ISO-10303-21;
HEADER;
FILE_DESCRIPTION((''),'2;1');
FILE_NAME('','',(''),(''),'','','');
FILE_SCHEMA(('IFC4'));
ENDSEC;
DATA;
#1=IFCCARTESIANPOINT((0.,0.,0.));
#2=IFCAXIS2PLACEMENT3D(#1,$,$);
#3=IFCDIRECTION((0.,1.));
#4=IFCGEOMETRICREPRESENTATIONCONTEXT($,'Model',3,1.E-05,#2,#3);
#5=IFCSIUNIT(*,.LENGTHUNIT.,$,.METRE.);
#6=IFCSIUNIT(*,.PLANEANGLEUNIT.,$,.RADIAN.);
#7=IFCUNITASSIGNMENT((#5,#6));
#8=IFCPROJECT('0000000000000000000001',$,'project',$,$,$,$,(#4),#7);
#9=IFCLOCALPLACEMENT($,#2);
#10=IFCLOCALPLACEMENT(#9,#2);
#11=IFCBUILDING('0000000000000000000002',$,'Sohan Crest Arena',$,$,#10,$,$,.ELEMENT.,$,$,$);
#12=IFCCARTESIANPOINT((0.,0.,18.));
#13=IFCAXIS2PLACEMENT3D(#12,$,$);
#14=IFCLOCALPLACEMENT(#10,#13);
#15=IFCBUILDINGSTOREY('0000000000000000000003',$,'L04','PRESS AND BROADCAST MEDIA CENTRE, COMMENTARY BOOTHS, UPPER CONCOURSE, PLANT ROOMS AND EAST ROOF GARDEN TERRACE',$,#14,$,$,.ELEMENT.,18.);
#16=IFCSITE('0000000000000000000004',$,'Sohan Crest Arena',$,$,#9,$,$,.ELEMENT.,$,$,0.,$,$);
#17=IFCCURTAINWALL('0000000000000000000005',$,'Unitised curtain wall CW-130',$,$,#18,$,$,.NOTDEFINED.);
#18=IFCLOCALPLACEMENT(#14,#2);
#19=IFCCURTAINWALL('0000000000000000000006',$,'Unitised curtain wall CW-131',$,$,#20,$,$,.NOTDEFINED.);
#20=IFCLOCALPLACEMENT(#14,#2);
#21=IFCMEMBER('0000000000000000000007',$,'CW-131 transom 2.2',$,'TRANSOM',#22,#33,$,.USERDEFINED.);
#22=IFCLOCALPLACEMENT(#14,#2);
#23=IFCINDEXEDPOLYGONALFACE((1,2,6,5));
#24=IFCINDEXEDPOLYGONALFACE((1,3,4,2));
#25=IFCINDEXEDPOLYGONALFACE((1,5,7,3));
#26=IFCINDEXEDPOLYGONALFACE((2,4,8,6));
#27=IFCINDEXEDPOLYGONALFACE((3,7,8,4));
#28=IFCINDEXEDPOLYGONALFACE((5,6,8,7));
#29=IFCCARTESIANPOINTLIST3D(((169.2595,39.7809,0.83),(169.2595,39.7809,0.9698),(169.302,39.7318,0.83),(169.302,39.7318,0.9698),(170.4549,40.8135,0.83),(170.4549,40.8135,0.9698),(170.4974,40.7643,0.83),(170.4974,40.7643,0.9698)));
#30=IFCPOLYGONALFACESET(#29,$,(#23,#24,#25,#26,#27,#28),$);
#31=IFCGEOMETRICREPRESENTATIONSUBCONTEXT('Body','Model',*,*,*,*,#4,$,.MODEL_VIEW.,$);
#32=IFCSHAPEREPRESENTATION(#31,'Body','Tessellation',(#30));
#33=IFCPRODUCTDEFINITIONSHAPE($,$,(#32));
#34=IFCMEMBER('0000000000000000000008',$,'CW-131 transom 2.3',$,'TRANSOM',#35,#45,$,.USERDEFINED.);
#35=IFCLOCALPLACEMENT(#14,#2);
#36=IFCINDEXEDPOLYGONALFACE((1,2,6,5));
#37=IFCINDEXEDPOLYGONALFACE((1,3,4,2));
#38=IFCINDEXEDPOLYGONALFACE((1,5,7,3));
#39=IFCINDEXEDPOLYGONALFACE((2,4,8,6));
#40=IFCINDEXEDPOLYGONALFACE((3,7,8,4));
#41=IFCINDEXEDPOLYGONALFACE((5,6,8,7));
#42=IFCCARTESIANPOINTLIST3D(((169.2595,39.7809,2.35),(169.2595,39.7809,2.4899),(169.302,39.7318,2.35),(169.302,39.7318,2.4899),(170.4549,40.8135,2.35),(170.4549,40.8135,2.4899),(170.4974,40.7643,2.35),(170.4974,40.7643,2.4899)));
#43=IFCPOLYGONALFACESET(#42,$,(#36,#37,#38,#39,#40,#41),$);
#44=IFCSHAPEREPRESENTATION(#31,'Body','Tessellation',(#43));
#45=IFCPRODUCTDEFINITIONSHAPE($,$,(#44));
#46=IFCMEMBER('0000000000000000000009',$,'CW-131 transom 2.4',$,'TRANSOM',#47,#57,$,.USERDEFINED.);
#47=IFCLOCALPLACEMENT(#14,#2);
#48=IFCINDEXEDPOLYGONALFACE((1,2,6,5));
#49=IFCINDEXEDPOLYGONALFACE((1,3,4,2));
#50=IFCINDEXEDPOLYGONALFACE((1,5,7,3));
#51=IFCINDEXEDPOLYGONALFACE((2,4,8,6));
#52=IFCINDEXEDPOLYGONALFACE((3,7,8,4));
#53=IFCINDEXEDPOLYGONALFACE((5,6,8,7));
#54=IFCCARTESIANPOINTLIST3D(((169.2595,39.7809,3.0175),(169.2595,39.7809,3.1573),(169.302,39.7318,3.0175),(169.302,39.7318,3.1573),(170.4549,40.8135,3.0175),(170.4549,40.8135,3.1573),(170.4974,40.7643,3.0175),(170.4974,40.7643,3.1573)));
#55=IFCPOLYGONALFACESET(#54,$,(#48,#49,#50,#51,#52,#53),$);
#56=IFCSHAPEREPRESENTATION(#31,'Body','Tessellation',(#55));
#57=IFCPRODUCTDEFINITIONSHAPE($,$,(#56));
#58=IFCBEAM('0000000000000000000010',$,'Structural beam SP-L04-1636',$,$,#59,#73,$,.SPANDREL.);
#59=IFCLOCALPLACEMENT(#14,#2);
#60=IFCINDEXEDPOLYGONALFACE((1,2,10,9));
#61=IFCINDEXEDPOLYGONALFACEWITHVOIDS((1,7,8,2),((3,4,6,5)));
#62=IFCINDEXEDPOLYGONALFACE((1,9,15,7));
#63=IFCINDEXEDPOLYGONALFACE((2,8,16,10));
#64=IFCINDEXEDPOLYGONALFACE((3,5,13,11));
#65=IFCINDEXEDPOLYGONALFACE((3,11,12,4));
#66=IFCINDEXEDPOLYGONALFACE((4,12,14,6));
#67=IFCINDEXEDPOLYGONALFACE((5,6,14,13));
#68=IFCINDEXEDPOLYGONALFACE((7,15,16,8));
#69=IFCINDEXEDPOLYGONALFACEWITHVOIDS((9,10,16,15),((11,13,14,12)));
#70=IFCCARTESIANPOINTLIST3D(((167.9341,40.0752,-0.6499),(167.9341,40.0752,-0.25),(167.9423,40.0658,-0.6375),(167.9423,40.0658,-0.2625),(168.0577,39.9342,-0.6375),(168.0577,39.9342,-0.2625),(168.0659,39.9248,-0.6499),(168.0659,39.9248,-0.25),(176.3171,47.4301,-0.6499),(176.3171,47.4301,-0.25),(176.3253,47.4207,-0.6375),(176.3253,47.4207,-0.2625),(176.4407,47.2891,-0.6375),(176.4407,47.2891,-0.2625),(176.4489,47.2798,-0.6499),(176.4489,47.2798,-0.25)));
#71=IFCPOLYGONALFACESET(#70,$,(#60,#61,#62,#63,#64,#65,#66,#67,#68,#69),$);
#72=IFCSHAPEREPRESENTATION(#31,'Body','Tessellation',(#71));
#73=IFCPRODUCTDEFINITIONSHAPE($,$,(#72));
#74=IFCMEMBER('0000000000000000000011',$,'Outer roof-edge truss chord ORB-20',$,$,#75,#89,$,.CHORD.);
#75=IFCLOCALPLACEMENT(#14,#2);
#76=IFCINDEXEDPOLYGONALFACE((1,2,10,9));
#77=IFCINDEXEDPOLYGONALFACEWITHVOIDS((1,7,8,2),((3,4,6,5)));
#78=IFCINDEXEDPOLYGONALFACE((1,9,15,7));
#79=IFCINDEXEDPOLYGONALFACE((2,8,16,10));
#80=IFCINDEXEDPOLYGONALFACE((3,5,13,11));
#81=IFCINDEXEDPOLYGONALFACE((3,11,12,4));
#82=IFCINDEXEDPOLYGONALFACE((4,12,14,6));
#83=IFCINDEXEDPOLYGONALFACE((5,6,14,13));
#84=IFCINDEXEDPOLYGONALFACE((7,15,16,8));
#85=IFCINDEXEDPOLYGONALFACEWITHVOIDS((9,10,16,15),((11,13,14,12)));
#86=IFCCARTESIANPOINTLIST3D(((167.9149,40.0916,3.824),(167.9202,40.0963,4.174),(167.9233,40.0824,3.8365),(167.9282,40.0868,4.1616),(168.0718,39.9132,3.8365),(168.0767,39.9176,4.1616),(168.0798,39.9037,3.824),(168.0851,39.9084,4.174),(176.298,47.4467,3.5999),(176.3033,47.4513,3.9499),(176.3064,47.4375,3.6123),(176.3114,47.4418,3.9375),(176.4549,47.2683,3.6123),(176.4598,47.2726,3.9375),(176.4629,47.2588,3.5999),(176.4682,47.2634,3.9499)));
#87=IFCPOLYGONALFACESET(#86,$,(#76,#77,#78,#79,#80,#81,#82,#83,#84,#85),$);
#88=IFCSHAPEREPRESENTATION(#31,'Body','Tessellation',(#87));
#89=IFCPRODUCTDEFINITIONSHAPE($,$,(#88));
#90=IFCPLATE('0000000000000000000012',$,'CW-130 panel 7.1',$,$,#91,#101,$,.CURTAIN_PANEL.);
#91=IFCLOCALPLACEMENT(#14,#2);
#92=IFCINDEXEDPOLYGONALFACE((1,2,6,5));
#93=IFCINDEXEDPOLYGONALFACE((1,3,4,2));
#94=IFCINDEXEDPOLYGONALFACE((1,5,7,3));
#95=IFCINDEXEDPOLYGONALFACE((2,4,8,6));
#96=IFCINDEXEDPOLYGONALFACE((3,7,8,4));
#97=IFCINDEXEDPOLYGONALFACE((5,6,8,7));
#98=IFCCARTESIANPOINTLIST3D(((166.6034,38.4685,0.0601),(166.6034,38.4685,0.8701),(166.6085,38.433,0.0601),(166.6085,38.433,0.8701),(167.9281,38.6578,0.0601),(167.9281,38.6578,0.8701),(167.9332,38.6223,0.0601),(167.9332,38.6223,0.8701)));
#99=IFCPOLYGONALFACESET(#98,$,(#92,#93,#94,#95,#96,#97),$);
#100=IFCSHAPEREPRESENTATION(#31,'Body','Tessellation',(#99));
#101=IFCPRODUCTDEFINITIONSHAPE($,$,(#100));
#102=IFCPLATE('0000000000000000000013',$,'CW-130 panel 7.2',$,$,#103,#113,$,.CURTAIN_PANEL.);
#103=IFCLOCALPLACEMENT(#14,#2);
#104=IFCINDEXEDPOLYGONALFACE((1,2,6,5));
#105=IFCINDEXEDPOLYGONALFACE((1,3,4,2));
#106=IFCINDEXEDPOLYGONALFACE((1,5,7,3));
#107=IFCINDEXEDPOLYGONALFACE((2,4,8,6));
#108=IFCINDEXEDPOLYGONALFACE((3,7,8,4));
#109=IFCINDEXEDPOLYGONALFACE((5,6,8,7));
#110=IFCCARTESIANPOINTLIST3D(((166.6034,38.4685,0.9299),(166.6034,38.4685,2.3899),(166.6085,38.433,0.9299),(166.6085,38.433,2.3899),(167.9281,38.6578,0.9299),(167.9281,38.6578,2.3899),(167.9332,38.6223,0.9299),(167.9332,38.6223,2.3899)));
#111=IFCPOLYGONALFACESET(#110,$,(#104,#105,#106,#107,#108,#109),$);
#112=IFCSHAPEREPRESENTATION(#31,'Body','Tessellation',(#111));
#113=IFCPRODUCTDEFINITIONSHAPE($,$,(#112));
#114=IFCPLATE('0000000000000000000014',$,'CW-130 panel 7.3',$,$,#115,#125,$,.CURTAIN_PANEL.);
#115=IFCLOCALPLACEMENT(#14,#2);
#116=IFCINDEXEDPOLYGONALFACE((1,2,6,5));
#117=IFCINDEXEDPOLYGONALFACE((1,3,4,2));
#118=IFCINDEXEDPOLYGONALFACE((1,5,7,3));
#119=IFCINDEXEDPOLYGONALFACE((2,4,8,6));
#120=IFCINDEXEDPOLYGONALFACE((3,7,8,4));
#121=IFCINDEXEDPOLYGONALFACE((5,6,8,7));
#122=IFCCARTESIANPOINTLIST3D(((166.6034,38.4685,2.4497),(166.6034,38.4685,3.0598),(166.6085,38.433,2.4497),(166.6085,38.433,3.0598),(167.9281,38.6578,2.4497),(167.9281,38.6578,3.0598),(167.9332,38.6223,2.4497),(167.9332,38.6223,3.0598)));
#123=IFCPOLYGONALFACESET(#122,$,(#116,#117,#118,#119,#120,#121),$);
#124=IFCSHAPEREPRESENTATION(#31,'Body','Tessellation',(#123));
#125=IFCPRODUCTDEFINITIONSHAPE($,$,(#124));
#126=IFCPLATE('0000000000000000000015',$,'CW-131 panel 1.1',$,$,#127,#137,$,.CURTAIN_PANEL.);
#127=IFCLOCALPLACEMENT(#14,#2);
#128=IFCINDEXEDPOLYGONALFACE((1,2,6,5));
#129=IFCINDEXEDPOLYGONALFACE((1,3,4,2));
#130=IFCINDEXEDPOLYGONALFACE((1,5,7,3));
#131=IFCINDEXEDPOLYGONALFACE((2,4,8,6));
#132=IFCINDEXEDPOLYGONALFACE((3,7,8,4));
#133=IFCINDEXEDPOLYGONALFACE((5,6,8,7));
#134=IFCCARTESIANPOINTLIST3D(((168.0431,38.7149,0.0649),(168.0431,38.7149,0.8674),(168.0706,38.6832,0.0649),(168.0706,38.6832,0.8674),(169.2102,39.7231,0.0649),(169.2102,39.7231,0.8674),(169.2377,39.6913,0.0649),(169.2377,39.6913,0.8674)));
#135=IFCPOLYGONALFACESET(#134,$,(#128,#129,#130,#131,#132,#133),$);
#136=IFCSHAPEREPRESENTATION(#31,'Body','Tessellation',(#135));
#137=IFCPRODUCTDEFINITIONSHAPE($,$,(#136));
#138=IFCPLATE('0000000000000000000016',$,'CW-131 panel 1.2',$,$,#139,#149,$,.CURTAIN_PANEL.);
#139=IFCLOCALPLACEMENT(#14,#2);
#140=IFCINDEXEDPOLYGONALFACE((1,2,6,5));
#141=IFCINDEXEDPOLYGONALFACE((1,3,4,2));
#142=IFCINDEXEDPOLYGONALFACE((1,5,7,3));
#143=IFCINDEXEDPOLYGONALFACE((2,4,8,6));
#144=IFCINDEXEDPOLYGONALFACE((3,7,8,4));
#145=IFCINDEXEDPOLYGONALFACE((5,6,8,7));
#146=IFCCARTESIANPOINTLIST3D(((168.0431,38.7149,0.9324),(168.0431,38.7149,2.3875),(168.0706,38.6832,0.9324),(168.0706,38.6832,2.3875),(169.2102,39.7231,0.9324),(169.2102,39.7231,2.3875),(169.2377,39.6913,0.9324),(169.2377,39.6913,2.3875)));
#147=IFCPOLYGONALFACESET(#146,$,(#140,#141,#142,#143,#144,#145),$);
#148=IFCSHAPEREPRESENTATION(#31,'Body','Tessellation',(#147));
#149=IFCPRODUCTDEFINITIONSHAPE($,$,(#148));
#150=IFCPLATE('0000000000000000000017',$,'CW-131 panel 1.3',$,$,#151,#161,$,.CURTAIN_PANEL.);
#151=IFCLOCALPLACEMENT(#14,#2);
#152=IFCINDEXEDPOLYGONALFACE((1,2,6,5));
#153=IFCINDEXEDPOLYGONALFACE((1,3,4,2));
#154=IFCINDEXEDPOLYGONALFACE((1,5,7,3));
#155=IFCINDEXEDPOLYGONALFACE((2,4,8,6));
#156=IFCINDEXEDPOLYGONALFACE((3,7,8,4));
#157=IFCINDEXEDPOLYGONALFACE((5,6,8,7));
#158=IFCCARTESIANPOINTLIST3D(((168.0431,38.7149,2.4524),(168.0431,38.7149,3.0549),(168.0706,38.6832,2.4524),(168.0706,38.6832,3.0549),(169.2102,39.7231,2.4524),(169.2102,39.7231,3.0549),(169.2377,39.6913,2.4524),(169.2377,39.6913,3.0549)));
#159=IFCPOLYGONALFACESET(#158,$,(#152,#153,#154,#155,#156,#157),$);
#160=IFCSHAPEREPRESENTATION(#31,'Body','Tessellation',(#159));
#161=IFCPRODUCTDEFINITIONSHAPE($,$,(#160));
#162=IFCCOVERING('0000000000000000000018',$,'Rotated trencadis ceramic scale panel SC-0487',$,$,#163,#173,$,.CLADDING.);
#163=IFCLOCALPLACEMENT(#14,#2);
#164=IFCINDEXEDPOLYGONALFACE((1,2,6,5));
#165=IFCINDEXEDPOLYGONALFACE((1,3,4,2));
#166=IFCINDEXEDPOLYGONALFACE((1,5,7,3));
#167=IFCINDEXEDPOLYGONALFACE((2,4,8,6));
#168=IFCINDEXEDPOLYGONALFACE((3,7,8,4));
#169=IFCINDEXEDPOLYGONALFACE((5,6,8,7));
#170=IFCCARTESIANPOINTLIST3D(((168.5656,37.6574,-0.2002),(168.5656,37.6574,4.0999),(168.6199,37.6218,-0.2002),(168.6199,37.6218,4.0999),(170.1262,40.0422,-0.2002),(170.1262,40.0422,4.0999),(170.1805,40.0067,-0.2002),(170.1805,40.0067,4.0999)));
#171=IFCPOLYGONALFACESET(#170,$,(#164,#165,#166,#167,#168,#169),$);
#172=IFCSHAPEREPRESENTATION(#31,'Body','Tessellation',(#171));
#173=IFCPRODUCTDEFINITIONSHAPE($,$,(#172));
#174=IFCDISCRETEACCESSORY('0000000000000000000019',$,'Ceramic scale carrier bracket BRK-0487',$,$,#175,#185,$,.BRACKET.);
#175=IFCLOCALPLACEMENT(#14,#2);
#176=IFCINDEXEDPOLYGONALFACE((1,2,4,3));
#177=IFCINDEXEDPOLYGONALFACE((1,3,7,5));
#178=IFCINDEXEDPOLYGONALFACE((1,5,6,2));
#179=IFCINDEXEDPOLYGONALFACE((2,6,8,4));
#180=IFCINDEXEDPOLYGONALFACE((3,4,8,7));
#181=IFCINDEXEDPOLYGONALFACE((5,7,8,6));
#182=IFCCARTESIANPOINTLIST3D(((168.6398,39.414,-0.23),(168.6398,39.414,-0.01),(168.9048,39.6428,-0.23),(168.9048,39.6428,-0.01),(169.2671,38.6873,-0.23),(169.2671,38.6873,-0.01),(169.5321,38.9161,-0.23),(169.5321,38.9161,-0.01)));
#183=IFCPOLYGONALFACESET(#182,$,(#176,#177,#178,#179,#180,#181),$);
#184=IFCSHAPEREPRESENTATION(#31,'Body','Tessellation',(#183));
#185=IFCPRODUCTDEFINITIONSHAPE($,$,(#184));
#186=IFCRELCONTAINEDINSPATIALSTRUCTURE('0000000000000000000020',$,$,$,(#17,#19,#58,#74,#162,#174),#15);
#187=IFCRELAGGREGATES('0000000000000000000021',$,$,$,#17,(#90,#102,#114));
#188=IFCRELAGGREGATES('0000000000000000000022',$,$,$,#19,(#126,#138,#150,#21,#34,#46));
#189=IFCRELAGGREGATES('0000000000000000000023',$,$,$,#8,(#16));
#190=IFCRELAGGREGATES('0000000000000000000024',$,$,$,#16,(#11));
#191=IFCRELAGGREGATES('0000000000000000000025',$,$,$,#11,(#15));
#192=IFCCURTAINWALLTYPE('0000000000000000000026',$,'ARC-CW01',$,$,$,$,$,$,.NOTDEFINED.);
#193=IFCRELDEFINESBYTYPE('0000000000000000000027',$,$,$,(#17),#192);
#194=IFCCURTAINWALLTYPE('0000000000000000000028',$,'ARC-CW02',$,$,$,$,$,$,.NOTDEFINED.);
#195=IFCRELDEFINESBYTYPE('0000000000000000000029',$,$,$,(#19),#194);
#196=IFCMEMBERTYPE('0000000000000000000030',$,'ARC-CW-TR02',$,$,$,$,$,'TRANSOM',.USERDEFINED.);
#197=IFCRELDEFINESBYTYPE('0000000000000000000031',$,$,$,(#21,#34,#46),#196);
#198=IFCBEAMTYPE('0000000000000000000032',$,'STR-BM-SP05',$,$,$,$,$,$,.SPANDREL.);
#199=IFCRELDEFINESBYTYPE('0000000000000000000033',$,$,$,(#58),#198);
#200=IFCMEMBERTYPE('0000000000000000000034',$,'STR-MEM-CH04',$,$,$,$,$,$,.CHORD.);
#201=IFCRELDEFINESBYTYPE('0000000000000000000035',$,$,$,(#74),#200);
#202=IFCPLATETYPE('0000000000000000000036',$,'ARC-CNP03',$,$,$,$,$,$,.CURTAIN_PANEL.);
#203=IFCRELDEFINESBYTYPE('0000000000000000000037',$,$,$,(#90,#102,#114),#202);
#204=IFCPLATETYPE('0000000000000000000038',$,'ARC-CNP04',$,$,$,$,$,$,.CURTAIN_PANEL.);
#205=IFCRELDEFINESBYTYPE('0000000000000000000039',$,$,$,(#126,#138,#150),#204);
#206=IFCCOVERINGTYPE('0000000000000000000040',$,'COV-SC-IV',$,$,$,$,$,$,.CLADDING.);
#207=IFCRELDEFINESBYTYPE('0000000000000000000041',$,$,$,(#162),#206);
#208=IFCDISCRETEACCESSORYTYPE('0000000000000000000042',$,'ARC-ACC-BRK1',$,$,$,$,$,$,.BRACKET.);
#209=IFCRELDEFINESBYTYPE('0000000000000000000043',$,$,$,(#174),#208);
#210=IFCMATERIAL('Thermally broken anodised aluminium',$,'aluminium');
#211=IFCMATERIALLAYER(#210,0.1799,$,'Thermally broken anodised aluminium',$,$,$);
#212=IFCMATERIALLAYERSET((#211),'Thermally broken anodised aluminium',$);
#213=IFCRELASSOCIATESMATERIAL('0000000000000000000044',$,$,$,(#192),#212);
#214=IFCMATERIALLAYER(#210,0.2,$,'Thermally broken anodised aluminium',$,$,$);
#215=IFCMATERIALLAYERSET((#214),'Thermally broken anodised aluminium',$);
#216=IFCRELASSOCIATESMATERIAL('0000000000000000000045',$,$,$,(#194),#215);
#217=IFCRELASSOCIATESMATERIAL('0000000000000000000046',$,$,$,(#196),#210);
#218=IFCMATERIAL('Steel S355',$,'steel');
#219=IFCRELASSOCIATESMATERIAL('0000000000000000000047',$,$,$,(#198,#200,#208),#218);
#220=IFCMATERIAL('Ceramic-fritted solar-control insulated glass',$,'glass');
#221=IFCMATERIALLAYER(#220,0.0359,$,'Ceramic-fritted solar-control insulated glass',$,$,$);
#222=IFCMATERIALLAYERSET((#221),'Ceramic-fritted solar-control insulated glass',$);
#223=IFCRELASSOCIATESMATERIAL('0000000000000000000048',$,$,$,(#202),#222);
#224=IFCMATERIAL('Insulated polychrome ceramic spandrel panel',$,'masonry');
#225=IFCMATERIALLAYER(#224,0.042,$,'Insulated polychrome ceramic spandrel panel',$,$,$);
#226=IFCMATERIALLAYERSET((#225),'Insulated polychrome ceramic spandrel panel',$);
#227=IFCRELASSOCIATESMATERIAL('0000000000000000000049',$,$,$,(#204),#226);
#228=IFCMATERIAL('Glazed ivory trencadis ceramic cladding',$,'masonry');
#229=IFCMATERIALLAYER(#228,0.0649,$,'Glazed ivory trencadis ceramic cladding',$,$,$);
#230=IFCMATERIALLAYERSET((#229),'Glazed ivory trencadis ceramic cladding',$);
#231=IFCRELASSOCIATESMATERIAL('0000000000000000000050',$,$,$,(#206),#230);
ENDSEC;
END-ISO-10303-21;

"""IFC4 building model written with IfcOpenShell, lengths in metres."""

from ifc_helpers import new_model, si_unit, direction, frame, origin, origin_2d, place, context, subcontext, project, spatial, rectangle, hollow_rectangle, extrude, material, layer, layer_set, material_profile, profile_set, type_object, element, aggregate, save


model = new_model("IFC4")

# Units and contexts
model_context = context("Model", 3, precision=1e-05, world=origin(), true_north=direction((0.0, 1.0)))
body_context = subcontext(model_context, "Body", "Model", "MODEL_VIEW")
ifc_project = project(units=[si_unit("LENGTHUNIT", "METRE"), si_unit("PLANEANGLEUNIT", "RADIAN")], contexts=[model_context])

# Site, building, storey
site_placement = place(None, origin())
site = spatial("IfcSite", under=ifc_project, at=site_placement, Name="Sohan Crest Arena", CompositionType="ELEMENT", RefElevation=0.0)
building_placement = place(site_placement, origin())
building = spatial("IfcBuilding", under=site, at=building_placement, Name="Sohan Crest Arena", CompositionType="ELEMENT")
storey_placement = place(building_placement, frame((0.0, 0.0, 18.0)))
storey = spatial("IfcBuildingStorey", under=building, at=storey_placement, Name="L04", Description="PRESS AND BROADCAST MEDIA CENTRE, COMMENTARY BOOTHS, UPPER CONCOURSE, PLANT ROOMS AND EAST ROOF GARDEN TERRACE", CompositionType="ELEMENT", Elevation=18.0)

# Shared definitions
ifc_material_1 = material(Name="Steel S355", Category="steel")

# Curtain wall
ifc_material_2 = material(Name="Thermally broken anodised aluminium", Category="aluminium")
ifc_layer_1 = layer(ifc_material_2, 0.1799, Name="Thermally broken anodised aluminium")
ifc_layer_set_1 = layer_set([ifc_layer_1], Name="Thermally broken anodised aluminium")
curtain_wall_type_1 = type_object("IfcCurtainWallType", Name="ARC-CW01", PredefinedType="NOTDEFINED", material=ifc_layer_set_1)
curtain_wall_1_placement = place(storey_placement, origin())
curtain_wall_1 = element("IfcCurtainWall", 1, at=curtain_wall_1_placement, inside=storey, type_object=curtain_wall_type_1, Name="Unitised curtain wall CW-130", PredefinedType="NOTDEFINED")

# Curtain wall
ifc_layer_2 = layer(ifc_material_2, 0.2, Name="Thermally broken anodised aluminium")
ifc_layer_set_2 = layer_set([ifc_layer_2], Name="Thermally broken anodised aluminium")
curtain_wall_type_2 = type_object("IfcCurtainWallType", Name="ARC-CW02", PredefinedType="NOTDEFINED", material=ifc_layer_set_2)
curtain_wall_2_placement = place(storey_placement, origin())
curtain_wall_2 = element("IfcCurtainWall", 2, at=curtain_wall_2_placement, inside=storey, type_object=curtain_wall_type_2, Name="Unitised curtain wall CW-131", PredefinedType="NOTDEFINED")

# Members
ifc_material_profile_1 = material_profile(ifc_material_2, rectangle(XDim=0.0649, YDim=0.1399, at=origin_2d()), Name="ALU-TRAN 65x140")
ifc_profile_set_1 = profile_set([ifc_material_profile_1], Name="Thermally broken anodised aluminium")
member_type_1 = type_object("IfcMemberType", Name="ARC-CW-TR02", ElementType="TRANSOM", PredefinedType="USERDEFINED", material=ifc_profile_set_1)
member_1_placement = place(storey_placement, frame((169.2808, 39.7563, 0.8999), z_axis=(0.756774, 0.653676, 0.0), x_axis=(-0.653676, 0.756774, 0.0)))
member_1 = element("IfcMember", 3, at=member_1_placement, type_object=member_type_1, Name="CW-131 transom 2.2", ObjectType="TRANSOM", PredefinedType="USERDEFINED", context=body_context, shape_type="SweptSolid", body=[
    extrude(rectangle(XDim=0.0649, YDim=0.1399, at=origin_2d()), origin(), (0.0, 0.0, 1.0), 1.5796),
])
member_2_placement = place(storey_placement, frame((169.2808, 39.7563, 2.4199), z_axis=(0.756774, 0.653676, 0.0), x_axis=(-0.653676, 0.756774, 0.0)))
member_2 = element("IfcMember", 4, at=member_2_placement, type_object=member_type_1, Name="CW-131 transom 2.3", ObjectType="TRANSOM", PredefinedType="USERDEFINED", context=body_context, shape_type="SweptSolid", body=[
    extrude(rectangle(XDim=0.0649, YDim=0.1399, at=origin_2d()), origin(), (0.0, 0.0, 1.0), 1.5796),
])
member_3_placement = place(storey_placement, frame((169.2808, 39.7563, 3.0874), z_axis=(0.756774, 0.653676, 0.0), x_axis=(-0.653676, 0.756774, 0.0)))
member_3 = element("IfcMember", 5, at=member_3_placement, type_object=member_type_1, Name="CW-131 transom 2.4", ObjectType="TRANSOM", PredefinedType="USERDEFINED", context=body_context, shape_type="SweptSolid", body=[
    extrude(rectangle(XDim=0.0649, YDim=0.1399, at=origin_2d()), origin(), (0.0, 0.0, 1.0), 1.5796),
])

# Beam
ifc_material_profile_2 = material_profile(ifc_material_1, hollow_rectangle(XDim=0.2, YDim=0.3999, WallThickness=0.0125, at=origin_2d()), Name="RHS 400x200x12.5")
ifc_profile_set_2 = profile_set([ifc_material_profile_2], Name="Steel S355")
beam_type = type_object("IfcBeamType", Name="STR-BM-SP05", PredefinedType="SPANDREL", material=ifc_profile_set_2)
beam_placement = place(storey_placement, frame((168.0, 40.0, -0.45), z_axis=(0.751696, 0.65951, 0.0), x_axis=(-0.65951, 0.751696, 0.0)))
element("IfcBeam", 6, at=beam_placement, inside=storey, type_object=beam_type, Name="Structural beam SP-L04-1636", PredefinedType="SPANDREL", context=body_context, shape_type="SweptSolid", body=[
    extrude(hollow_rectangle(XDim=0.2, YDim=0.3999, WallThickness=0.0125, at=origin_2d()), origin(), (0.0, 0.0, 1.0), 11.1521),
])

# Member
ifc_material_profile_3 = material_profile(ifc_material_1, hollow_rectangle(XDim=0.25, YDim=0.3501, WallThickness=0.0125, at=origin_2d()), Name="RHS 350x250x12.5")
ifc_profile_set_3 = profile_set([ifc_material_profile_3], Name="Steel S355")
member_type_2 = type_object("IfcMemberType", Name="STR-MEM-CH04", PredefinedType="CHORD", material=ifc_profile_set_3)
member_4_placement = place(storey_placement, frame((168.0, 40.0, 3.999), z_axis=(0.751544, 0.659377, -0.020093), x_axis=(-0.65951, 0.751696, 0.0)))
element("IfcMember", 7, at=member_4_placement, inside=storey, type_object=member_type_2, Name="Outer roof-edge truss chord ORB-20", PredefinedType="CHORD", context=body_context, shape_type="SweptSolid", body=[
    extrude(hollow_rectangle(XDim=0.25, YDim=0.3501, WallThickness=0.0125, at=origin_2d()), origin(), (0.0, 0.0, 1.0), 11.1545),
])

# Plates
ifc_material_3 = material(Name="Ceramic-fritted solar-control insulated glass", Category="glass")
ifc_layer_3 = layer(ifc_material_3, 0.0359, Name="Ceramic-fritted solar-control insulated glass")
ifc_layer_set_3 = layer_set([ifc_layer_3], Name="Ceramic-fritted solar-control insulated glass")
plate_type_1 = type_object("IfcPlateType", Name="ARC-CNP03", PredefinedType="CURTAIN_PANEL", material=ifc_layer_set_3)
plate_1_placement = place(storey_placement, frame((167.2683, 38.5454, 0.0601), z_axis=(0.0, 0.0, 1.0), x_axis=(0.989944, 0.141463, 0.0)))
plate_1 = element("IfcPlate", 8, at=plate_1_placement, type_object=plate_type_1, Name="CW-130 panel 7.1", PredefinedType="CURTAIN_PANEL", context=body_context, shape_type="SweptSolid", body=[
    extrude(rectangle(XDim=1.3381, YDim=0.0359, at=origin_2d()), origin(), (0.0, 0.0, 1.0), 0.8101),
])
plate_2_placement = place(storey_placement, frame((167.2683, 38.5454, 0.9299), z_axis=(0.0, 0.0, 1.0), x_axis=(0.989944, 0.141463, 0.0)))
plate_2 = element("IfcPlate", 9, at=plate_2_placement, type_object=plate_type_1, Name="CW-130 panel 7.2", PredefinedType="CURTAIN_PANEL", context=body_context, shape_type="SweptSolid", body=[
    extrude(rectangle(XDim=1.3381, YDim=0.0359, at=origin_2d()), origin(), (0.0, 0.0, 1.0), 1.46),
])
plate_3_placement = place(storey_placement, frame((167.2683, 38.5454, 2.4497), z_axis=(0.0, 0.0, 1.0), x_axis=(0.989944, 0.141463, 0.0)))
plate_3 = element("IfcPlate", 10, at=plate_3_placement, type_object=plate_type_1, Name="CW-130 panel 7.3", PredefinedType="CURTAIN_PANEL", context=body_context, shape_type="SweptSolid", body=[
    extrude(rectangle(XDim=1.3381, YDim=0.0359, at=origin_2d()), origin(), (0.0, 0.0, 1.0), 0.6101),
])
aggregate(curtain_wall_1, [plate_1, plate_2, plate_3])
ifc_material_4 = material(Name="Insulated polychrome ceramic spandrel panel", Category="masonry")
ifc_layer_4 = layer(ifc_material_4, 0.042, Name="Insulated polychrome ceramic spandrel panel")
ifc_layer_set_4 = layer_set([ifc_layer_4], Name="Insulated polychrome ceramic spandrel panel")
plate_type_2 = type_object("IfcPlateType", Name="ARC-CNP04", PredefinedType="CURTAIN_PANEL", material=ifc_layer_set_4)
plate_4_placement = place(storey_placement, frame((168.6404, 39.2031, 0.0649), z_axis=(0.0, 0.0, 1.0), x_axis=(0.756765, 0.653687, 0.0)))
plate_4 = element("IfcPlate", 11, at=plate_4_placement, type_object=plate_type_2, Name="CW-131 panel 1.1", PredefinedType="CURTAIN_PANEL", context=body_context, shape_type="SweptSolid", body=[
    extrude(rectangle(XDim=1.5422, YDim=0.042, at=origin_2d()), origin(), (0.0, 0.0, 1.0), 0.8025),
])
plate_5_placement = place(storey_placement, frame((168.6404, 39.2031, 0.9324), z_axis=(0.0, 0.0, 1.0), x_axis=(0.756765, 0.653687, 0.0)))
plate_5 = element("IfcPlate", 12, at=plate_5_placement, type_object=plate_type_2, Name="CW-131 panel 1.2", PredefinedType="CURTAIN_PANEL", context=body_context, shape_type="SweptSolid", body=[
    extrude(rectangle(XDim=1.5422, YDim=0.042, at=origin_2d()), origin(), (0.0, 0.0, 1.0), 1.4551),
])
plate_6_placement = place(storey_placement, frame((168.6404, 39.2031, 2.4524), z_axis=(0.0, 0.0, 1.0), x_axis=(0.756765, 0.653687, 0.0)))
plate_6 = element("IfcPlate", 13, at=plate_6_placement, type_object=plate_type_2, Name="CW-131 panel 1.3", PredefinedType="CURTAIN_PANEL", context=body_context, shape_type="SweptSolid", body=[
    extrude(rectangle(XDim=1.5422, YDim=0.042, at=origin_2d()), origin(), (0.0, 0.0, 1.0), 0.6025),
])
aggregate(curtain_wall_2, [plate_4, plate_5, plate_6, member_1, member_2, member_3])

# Covering
ifc_material_5 = material(Name="Glazed ivory trencadis ceramic cladding", Category="masonry")
ifc_layer_5 = layer(ifc_material_5, 0.0649, Name="Glazed ivory trencadis ceramic cladding")
ifc_layer_set_5 = layer_set([ifc_layer_5], Name="Glazed ivory trencadis ceramic cladding")
covering_type = type_object("IfcCoveringType", Name="COV-SC-IV", PredefinedType="CLADDING", material=ifc_layer_set_5)
covering_placement = place(storey_placement, frame((169.373, 38.832, -0.2002), z_axis=(0.0, 0.0, 1.0), x_axis=(0.547563, 0.836764, 0.0)))
element("IfcCovering", 14, at=covering_placement, inside=storey, type_object=covering_type, Name="Rotated trencadis ceramic scale panel SC-0487", PredefinedType="CLADDING", context=body_context, shape_type="SweptSolid", body=[
    extrude(rectangle(XDim=2.8501, YDim=0.0649, at=origin_2d()), origin(), (0.0, 0.0, 1.0), 4.3),
])

# Discrete accessory
discrete_accessory_type = type_object("IfcDiscreteAccessoryType", Name="ARC-ACC-BRK1", PredefinedType="BRACKET", material=ifc_material_1)
discrete_accessory_placement = place(storey_placement, frame((169.0859, 39.165, -0.23), z_axis=(0.0, 0.0, 1.0), x_axis=(0.756995, 0.653421, 0.0)))
element("IfcDiscreteAccessory", 15, at=discrete_accessory_placement, inside=storey, type_object=discrete_accessory_type, Name="Ceramic scale carrier bracket BRK-0487", PredefinedType="BRACKET", context=body_context, shape_type="SweptSolid", body=[
    extrude(rectangle(XDim=0.3501, YDim=0.96, at=origin_2d()), origin(), (0.0, 0.0, 1.0), 0.22),
])

save(model, "model.ifc")
